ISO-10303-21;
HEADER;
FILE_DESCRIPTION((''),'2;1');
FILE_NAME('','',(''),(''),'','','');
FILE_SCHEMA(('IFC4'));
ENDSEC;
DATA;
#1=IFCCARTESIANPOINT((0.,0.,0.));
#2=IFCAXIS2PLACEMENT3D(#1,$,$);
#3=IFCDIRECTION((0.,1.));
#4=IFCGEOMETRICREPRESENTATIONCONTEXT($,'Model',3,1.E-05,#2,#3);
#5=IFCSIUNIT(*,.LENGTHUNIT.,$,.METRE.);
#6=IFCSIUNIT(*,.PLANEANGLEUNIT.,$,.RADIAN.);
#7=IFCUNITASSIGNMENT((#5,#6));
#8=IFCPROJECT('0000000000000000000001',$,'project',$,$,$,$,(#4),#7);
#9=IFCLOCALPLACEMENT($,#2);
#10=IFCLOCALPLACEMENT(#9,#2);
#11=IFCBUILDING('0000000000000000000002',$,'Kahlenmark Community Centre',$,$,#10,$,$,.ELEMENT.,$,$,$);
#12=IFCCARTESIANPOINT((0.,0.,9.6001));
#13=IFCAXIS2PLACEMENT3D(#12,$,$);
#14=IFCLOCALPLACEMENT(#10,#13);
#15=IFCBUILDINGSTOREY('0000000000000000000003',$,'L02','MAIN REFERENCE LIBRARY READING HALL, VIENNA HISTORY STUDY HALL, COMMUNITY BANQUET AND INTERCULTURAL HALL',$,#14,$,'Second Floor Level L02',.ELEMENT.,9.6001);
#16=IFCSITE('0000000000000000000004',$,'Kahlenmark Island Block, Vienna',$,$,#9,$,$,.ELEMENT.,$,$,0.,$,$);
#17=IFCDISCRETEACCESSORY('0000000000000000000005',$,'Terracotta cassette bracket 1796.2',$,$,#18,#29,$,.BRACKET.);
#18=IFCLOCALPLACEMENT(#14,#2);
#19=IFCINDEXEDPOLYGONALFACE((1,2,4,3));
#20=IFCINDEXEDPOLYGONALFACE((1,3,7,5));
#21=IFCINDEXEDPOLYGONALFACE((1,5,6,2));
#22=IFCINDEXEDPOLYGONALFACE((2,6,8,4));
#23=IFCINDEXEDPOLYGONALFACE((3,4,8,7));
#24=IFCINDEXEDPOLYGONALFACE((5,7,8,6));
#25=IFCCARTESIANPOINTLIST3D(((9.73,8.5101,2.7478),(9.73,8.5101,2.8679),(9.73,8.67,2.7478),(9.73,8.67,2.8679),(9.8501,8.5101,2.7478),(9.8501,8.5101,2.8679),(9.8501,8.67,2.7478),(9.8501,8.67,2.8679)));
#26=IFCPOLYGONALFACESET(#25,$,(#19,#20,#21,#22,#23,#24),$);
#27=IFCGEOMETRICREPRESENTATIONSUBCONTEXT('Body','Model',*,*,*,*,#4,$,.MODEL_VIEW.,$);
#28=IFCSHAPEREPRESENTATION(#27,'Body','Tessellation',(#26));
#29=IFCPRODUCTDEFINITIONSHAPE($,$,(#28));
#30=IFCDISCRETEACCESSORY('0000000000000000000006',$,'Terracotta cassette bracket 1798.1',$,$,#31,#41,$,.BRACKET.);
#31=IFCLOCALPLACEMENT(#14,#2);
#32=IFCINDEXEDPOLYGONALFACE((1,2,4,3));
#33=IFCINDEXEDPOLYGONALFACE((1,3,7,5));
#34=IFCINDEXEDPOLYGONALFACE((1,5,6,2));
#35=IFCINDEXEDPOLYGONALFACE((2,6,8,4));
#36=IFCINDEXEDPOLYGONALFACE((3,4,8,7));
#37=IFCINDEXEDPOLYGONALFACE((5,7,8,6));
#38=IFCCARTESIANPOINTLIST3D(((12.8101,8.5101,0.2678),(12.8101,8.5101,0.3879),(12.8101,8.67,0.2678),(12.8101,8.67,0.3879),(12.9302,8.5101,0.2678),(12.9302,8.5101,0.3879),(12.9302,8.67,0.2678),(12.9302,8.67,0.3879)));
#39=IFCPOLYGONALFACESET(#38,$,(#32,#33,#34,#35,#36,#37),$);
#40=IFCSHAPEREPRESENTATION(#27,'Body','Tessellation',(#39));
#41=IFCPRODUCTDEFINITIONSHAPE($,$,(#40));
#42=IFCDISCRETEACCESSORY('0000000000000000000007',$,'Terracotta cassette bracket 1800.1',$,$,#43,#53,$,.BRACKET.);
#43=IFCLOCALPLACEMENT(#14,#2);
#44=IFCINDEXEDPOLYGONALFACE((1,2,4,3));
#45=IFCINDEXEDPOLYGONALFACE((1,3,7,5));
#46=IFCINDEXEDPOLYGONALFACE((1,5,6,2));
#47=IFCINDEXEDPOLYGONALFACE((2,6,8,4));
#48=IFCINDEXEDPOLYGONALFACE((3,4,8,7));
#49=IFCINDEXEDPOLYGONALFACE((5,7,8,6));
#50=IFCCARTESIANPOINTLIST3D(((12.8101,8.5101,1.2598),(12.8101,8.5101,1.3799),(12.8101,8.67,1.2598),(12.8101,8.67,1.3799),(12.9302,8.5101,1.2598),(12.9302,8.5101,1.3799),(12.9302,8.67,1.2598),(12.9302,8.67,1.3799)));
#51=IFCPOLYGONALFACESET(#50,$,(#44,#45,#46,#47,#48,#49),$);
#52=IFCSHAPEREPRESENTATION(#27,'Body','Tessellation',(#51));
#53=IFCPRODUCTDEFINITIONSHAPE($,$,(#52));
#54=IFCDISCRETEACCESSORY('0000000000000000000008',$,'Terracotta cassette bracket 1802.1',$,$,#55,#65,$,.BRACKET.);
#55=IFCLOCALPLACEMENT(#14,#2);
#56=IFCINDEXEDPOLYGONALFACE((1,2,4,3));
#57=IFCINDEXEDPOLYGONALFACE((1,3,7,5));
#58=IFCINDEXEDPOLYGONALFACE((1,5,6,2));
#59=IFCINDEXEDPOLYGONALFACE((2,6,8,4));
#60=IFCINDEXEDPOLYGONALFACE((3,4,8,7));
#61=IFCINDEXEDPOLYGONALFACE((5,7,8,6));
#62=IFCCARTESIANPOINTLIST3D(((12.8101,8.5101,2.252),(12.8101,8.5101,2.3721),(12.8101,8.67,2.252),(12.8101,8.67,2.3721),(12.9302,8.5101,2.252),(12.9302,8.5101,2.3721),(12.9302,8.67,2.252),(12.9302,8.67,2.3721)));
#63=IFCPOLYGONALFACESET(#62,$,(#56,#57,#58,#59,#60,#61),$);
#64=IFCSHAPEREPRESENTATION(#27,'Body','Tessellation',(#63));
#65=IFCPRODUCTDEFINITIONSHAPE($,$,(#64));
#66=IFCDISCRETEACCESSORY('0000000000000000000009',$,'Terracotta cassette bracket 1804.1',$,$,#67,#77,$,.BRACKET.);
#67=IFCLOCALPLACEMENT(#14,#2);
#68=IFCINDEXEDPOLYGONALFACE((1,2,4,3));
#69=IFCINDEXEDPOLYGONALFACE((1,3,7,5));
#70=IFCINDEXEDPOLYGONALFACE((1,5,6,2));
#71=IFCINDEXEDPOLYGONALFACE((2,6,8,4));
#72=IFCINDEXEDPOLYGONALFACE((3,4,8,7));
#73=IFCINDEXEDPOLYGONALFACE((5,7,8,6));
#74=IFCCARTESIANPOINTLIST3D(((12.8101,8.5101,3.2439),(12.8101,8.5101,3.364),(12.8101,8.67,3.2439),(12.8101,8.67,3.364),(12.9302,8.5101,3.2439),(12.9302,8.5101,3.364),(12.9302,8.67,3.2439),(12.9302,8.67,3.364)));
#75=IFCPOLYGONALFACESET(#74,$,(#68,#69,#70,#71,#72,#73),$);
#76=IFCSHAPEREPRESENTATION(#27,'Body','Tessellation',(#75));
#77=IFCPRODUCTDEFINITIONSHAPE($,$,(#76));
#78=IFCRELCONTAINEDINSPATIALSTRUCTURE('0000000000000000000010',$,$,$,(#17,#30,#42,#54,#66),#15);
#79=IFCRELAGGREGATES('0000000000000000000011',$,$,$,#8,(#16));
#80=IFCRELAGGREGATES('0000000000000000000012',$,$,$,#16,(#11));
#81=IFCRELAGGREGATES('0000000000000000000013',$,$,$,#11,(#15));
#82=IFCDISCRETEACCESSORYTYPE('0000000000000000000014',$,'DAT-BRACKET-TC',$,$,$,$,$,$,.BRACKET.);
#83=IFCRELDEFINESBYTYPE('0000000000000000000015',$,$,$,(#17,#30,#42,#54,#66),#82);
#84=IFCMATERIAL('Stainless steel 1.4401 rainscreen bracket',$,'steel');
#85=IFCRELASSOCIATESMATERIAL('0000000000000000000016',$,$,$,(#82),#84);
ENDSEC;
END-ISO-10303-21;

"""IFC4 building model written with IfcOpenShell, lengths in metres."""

from ifc_helpers import new_model, si_unit, direction, frame, origin, origin_2d, place, context, subcontext, project, spatial, rectangle, extrude, material, type_object, element, save


model = new_model("IFC4")

# Units and contexts
model_context = context("Model", 3, precision=1e-05, world=origin(), true_north=direction((0.0, 1.0)))
body_context = subcontext(model_context, "Body", "Model", "MODEL_VIEW")
ifc_project = project(units=[si_unit("LENGTHUNIT", "METRE"), si_unit("PLANEANGLEUNIT", "RADIAN")], contexts=[model_context])

# Site, building, storey
site_placement = place(None, origin())
site = spatial("IfcSite", under=ifc_project, at=site_placement, Name="Kahlenmark Island Block, Vienna", CompositionType="ELEMENT", RefElevation=0.0)
building_placement = place(site_placement, origin())
building = spatial("IfcBuilding", under=site, at=building_placement, Name="Kahlenmark Community Centre", CompositionType="ELEMENT")
storey_placement = place(building_placement, frame((0.0, 0.0, 9.6001)))
storey = spatial("IfcBuildingStorey", under=building, at=storey_placement, Name="L02", Description="MAIN REFERENCE LIBRARY READING HALL, VIENNA HISTORY STUDY HALL, COMMUNITY BANQUET AND INTERCULTURAL HALL", LongName="Second Floor Level L02", CompositionType="ELEMENT", Elevation=9.6001)

# Discrete accessories
ifc_material_1 = material(Name="Stainless steel 1.4401 rainscreen bracket", Category="steel")
discrete_accessory_type = type_object("IfcDiscreteAccessoryType", Name="DAT-BRACKET-TC", PredefinedType="BRACKET", material=ifc_material_1)
for number, where, z_axis, x_axis, name in (
    (1, (9.79, 8.5901, 2.7478), (0.0, 0.0, 1.0), (1.0, 0.0, 0.0), "Terracotta cassette bracket 1796.2"),
    (2, (12.8701, 8.5901, 0.2678), (0.0, 0.0, 1.0), (1.0, 0.0, 0.0), "Terracotta cassette bracket 1798.1"),
    (3, (12.8701, 8.5901, 1.2598), (0.0, 0.0, 1.0), (1.0, 0.0, 0.0), "Terracotta cassette bracket 1800.1"),
    (4, (12.8701, 8.5901, 2.252), (0.0, 0.0, 1.0), (1.0, 0.0, 0.0), "Terracotta cassette bracket 1802.1"),
    (5, (12.8701, 8.5901, 3.2439), (0.0, 0.0, 1.0), (1.0, 0.0, 0.0), "Terracotta cassette bracket 1804.1"),
):
    element("IfcDiscreteAccessory", number, at=place(storey_placement, frame(where, z_axis=z_axis, x_axis=x_axis)), inside=storey, type_object=discrete_accessory_type, Name=name, PredefinedType="BRACKET", context=body_context, shape_type="SweptSolid", body=[
        extrude(rectangle(XDim=0.1201, YDim=0.1599, at=origin_2d()), origin(), (0.0, 0.0, 1.0), 0.1201),
    ])

save(model, "model.ifc")
